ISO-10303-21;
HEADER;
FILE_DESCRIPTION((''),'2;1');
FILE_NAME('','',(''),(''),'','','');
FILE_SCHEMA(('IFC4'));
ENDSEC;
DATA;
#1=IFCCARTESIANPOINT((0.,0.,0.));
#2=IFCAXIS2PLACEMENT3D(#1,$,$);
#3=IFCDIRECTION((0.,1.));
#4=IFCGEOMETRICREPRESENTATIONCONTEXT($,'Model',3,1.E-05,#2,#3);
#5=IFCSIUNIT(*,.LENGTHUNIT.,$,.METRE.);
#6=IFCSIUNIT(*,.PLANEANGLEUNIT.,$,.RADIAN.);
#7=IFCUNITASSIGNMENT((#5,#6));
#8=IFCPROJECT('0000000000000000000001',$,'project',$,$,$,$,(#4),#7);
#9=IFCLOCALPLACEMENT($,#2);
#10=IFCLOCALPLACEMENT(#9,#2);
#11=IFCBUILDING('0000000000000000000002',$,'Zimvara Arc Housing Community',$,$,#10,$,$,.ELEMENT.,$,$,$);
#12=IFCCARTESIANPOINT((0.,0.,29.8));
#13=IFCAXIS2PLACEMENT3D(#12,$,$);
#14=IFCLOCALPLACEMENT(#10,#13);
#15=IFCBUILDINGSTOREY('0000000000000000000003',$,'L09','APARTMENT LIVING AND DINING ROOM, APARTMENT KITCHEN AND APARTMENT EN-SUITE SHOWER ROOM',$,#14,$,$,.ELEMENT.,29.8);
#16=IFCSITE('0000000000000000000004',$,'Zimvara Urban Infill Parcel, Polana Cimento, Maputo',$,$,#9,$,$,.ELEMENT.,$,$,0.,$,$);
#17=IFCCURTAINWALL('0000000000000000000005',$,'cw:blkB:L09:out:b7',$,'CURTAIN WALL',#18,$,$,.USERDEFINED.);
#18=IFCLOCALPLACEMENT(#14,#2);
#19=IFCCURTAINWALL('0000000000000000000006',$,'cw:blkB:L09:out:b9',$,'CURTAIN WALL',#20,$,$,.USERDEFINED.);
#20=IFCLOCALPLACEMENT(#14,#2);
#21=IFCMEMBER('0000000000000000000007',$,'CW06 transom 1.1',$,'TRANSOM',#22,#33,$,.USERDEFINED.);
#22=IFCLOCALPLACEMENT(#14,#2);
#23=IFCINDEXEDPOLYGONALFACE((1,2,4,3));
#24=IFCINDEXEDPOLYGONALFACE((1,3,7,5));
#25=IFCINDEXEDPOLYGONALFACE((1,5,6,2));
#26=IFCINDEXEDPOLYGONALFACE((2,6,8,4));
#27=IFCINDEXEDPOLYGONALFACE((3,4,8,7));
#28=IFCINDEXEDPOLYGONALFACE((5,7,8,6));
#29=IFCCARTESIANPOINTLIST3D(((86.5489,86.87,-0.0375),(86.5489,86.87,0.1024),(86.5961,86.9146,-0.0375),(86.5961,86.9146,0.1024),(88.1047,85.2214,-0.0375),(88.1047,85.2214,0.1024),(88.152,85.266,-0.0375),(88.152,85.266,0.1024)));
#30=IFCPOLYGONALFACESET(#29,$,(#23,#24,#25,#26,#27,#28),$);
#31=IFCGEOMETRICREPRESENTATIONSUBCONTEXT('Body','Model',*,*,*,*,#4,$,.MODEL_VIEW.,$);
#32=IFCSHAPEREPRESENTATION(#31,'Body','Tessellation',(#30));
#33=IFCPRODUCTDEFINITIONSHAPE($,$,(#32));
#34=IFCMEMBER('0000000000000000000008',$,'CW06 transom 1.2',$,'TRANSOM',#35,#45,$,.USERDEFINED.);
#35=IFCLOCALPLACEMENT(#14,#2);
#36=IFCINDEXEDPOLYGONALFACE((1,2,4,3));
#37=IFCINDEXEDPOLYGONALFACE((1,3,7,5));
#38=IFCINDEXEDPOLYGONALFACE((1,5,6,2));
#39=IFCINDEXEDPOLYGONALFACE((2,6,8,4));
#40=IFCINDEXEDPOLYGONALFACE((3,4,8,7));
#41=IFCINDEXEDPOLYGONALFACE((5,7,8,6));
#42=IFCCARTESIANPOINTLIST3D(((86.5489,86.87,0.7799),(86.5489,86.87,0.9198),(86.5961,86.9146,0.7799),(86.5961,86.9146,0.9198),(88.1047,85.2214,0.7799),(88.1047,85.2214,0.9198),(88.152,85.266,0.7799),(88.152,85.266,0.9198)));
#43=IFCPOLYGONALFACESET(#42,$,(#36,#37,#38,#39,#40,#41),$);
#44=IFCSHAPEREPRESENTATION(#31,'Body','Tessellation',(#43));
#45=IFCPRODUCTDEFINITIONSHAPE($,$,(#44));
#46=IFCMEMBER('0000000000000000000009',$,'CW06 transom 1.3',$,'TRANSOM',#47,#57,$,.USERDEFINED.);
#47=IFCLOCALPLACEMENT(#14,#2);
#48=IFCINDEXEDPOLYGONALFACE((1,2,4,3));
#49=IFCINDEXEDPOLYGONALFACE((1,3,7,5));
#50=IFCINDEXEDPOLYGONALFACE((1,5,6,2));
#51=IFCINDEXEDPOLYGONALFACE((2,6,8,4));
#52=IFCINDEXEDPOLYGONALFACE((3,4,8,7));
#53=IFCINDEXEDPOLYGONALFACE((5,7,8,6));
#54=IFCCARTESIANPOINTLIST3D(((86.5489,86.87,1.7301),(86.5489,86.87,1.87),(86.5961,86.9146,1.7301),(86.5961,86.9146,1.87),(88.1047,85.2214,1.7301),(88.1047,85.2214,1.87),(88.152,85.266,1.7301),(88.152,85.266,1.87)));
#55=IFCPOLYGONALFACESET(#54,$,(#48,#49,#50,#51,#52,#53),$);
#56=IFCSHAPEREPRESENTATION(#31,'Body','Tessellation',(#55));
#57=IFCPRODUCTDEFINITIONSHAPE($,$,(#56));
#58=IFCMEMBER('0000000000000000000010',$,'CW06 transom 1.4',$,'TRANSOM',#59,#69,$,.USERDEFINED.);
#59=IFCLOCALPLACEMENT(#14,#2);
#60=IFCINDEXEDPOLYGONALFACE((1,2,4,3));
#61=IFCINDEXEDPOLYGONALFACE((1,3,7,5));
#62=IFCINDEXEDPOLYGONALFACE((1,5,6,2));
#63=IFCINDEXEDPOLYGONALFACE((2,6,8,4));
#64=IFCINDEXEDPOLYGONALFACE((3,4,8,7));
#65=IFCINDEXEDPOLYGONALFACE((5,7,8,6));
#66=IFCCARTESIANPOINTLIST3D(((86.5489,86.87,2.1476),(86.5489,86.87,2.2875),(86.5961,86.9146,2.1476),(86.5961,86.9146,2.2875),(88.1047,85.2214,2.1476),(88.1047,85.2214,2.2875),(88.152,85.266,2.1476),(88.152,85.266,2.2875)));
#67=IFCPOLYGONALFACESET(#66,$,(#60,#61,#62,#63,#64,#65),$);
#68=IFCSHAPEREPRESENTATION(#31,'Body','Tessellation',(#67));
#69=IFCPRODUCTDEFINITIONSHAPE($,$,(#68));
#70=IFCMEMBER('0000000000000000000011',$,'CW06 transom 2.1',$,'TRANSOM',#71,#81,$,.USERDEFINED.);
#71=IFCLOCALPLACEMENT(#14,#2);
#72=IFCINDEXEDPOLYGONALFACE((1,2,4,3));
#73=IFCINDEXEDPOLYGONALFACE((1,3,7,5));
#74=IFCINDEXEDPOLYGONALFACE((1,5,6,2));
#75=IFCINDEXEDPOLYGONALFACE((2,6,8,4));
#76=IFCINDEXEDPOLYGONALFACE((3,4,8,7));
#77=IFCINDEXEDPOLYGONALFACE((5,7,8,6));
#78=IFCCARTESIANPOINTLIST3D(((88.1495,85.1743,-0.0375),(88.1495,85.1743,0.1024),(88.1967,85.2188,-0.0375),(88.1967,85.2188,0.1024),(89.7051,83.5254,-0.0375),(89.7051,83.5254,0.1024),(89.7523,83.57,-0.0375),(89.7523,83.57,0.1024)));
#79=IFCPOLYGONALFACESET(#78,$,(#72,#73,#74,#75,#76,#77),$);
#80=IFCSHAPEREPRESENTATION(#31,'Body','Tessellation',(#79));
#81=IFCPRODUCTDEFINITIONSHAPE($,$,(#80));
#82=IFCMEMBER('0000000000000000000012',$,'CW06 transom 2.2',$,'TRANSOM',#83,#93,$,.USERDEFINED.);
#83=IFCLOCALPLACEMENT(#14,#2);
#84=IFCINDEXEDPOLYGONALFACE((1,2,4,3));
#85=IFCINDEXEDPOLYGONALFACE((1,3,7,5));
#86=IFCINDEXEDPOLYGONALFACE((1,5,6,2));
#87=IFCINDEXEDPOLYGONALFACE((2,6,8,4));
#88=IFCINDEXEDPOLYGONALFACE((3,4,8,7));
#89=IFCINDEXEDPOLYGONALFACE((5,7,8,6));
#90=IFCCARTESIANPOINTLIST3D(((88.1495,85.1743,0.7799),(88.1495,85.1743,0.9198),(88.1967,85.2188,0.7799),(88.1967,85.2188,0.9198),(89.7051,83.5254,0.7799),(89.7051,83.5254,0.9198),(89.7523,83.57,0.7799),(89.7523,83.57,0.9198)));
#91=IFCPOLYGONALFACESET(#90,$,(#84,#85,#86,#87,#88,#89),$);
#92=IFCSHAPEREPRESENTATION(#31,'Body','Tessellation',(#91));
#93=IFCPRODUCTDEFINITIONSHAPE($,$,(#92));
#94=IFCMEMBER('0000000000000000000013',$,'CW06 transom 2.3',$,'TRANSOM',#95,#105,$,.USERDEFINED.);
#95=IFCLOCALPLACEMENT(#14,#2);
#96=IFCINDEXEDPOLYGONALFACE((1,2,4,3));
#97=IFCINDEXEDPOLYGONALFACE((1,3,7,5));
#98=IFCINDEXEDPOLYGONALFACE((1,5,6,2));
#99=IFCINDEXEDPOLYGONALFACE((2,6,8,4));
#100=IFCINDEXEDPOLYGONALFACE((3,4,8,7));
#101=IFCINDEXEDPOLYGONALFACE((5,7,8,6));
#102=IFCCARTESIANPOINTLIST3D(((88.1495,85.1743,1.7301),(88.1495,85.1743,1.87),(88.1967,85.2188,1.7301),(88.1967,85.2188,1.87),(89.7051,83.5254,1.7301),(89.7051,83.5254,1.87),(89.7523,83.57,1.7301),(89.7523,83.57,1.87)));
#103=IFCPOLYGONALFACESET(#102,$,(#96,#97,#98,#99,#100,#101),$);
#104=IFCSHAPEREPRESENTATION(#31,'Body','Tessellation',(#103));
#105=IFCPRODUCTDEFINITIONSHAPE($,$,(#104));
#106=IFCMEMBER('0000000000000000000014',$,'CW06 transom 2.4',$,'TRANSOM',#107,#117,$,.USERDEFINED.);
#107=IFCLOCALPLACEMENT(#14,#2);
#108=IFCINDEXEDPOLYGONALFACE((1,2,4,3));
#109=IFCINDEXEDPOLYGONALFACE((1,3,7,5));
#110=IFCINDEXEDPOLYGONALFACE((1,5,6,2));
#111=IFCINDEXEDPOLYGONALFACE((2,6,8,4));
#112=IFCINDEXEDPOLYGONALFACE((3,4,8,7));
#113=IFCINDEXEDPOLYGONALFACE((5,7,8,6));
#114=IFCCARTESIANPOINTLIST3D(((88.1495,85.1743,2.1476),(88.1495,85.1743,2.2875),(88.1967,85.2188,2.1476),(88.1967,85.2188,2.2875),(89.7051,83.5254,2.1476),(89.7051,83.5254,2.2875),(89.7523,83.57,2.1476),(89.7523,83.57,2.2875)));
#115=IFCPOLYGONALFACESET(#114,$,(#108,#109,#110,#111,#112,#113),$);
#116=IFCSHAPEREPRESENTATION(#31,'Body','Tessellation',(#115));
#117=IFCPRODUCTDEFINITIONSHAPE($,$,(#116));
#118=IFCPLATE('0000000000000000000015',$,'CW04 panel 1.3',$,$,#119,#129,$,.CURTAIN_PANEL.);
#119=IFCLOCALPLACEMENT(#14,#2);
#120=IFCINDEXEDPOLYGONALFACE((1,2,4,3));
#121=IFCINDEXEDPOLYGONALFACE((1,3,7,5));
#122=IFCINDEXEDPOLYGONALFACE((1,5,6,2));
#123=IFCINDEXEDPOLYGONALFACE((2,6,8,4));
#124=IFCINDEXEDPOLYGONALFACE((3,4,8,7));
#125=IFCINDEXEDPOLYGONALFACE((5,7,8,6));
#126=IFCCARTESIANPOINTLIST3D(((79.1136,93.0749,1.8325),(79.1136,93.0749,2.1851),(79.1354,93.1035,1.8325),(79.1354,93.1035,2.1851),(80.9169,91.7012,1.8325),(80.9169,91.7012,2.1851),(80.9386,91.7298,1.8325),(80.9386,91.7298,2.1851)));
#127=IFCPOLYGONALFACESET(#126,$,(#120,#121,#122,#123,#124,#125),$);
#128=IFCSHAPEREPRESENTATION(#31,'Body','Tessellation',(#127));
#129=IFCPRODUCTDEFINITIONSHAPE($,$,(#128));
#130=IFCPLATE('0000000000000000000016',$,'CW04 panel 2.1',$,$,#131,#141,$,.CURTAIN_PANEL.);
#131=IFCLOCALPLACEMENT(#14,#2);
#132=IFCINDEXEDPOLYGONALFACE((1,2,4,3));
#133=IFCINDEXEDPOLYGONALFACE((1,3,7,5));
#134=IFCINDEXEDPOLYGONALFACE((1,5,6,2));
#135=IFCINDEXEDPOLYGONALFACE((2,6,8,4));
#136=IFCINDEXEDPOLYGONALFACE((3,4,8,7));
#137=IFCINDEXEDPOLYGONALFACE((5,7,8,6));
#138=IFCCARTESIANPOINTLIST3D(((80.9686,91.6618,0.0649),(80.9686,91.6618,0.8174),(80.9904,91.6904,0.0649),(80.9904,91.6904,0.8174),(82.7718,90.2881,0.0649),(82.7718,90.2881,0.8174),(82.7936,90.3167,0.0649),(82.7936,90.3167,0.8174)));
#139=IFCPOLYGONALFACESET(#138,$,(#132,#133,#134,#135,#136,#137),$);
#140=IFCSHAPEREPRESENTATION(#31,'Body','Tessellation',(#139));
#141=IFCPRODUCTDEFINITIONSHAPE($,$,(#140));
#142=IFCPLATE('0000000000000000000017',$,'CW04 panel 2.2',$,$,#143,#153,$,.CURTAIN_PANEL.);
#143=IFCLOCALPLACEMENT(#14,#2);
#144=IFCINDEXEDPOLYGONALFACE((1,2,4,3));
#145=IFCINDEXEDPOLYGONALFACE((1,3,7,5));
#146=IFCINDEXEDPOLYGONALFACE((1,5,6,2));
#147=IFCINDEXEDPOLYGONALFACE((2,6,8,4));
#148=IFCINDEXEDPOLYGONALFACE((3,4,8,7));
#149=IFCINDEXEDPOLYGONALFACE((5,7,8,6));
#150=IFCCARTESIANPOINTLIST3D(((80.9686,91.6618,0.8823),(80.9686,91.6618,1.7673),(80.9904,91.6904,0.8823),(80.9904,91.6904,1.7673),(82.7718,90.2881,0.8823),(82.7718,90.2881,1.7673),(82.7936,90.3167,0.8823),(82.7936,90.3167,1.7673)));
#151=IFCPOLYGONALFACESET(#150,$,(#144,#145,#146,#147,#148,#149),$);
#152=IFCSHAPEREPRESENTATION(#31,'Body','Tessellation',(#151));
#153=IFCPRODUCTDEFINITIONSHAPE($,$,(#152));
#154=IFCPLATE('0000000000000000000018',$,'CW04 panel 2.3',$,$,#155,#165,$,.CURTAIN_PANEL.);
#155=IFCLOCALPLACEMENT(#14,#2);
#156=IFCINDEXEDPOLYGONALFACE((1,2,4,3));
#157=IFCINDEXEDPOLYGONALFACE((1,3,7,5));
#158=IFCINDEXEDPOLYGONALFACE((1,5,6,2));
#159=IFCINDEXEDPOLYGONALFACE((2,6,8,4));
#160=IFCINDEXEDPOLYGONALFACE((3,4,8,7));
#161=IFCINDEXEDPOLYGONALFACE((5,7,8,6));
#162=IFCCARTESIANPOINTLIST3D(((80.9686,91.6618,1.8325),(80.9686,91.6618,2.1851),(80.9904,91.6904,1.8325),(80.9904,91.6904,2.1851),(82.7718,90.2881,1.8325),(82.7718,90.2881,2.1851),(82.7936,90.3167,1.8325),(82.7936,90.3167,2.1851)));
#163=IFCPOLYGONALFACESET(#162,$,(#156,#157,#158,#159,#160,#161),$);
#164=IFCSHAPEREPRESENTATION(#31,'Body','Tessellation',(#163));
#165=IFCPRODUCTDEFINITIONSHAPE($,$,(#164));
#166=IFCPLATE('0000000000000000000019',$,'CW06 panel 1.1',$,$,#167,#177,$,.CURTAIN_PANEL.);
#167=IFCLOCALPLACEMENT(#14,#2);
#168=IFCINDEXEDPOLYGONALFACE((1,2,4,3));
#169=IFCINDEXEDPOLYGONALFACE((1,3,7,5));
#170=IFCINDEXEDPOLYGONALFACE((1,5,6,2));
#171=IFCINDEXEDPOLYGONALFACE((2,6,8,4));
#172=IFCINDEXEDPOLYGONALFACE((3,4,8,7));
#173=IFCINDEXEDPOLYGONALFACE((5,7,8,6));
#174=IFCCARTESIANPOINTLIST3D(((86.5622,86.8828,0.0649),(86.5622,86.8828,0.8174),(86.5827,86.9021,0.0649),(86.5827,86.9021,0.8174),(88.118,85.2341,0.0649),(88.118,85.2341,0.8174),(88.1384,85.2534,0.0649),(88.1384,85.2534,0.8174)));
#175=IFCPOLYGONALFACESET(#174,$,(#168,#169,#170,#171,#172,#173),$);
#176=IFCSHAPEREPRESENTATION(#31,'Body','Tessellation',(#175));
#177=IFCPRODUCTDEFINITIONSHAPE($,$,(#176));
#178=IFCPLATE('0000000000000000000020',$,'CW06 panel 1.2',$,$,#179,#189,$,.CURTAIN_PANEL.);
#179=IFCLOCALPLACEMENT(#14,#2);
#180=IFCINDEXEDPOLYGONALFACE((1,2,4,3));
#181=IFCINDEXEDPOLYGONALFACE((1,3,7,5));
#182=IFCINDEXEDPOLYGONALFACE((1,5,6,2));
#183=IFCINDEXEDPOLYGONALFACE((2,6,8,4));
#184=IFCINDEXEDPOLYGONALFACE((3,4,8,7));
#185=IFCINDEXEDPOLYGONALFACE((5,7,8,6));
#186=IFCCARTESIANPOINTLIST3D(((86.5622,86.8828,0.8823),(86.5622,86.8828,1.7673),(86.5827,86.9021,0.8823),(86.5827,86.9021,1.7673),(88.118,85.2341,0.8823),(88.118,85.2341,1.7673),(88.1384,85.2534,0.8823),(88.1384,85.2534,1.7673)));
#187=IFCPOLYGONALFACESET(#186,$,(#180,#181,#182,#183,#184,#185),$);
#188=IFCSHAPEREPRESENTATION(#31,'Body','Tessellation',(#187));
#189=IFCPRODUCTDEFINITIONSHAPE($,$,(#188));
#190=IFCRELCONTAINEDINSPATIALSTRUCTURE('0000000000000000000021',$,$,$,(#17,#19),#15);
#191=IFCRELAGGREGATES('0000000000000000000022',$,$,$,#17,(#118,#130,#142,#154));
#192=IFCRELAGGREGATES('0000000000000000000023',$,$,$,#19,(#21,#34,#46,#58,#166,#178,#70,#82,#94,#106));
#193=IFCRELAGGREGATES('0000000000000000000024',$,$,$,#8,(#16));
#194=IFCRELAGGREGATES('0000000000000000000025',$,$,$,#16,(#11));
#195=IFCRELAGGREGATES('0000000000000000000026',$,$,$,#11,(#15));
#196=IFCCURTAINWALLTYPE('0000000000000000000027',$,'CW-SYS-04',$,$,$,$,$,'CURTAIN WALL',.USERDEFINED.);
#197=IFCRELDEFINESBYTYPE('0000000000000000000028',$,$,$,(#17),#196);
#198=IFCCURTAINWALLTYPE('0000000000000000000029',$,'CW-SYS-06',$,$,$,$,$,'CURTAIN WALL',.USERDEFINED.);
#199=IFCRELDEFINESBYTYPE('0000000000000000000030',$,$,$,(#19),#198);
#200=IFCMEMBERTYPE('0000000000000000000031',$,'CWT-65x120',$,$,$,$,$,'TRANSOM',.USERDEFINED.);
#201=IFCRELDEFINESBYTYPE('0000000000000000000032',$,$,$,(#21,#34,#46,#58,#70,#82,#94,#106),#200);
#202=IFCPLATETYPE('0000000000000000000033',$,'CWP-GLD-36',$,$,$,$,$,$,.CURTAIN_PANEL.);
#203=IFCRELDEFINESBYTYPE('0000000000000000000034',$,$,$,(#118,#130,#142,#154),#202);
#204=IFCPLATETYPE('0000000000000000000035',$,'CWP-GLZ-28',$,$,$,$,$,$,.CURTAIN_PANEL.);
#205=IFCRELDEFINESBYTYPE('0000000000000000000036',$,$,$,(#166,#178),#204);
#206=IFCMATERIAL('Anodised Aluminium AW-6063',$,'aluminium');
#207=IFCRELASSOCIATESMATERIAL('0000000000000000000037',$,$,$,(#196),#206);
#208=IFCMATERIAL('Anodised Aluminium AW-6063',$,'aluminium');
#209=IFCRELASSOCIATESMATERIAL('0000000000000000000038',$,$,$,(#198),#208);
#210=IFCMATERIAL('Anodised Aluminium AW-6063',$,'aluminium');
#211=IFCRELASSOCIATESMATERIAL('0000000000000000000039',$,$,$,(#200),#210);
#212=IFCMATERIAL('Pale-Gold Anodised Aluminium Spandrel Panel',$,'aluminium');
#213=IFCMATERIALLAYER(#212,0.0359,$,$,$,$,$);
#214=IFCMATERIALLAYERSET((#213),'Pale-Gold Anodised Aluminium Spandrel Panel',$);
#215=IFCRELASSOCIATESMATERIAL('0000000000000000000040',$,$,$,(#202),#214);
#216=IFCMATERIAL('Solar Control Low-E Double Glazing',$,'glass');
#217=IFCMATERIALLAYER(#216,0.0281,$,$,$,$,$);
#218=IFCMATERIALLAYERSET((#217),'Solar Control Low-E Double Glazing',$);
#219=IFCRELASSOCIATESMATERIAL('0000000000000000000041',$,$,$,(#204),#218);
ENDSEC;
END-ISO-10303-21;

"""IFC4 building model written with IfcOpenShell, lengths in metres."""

from ifc_helpers import new_model, si_unit, direction, frame, origin, origin_2d, place, context, subcontext, project, spatial, rectangle, extrude, material, layer, layer_set, material_profile, profile_set, type_object, element, aggregate, save


model = new_model("IFC4")

# Units and contexts
model_context = context("Model", 3, precision=1e-05, world=origin(), true_north=direction((0.0, 1.0)))
body_context = subcontext(model_context, "Body", "Model", "MODEL_VIEW")
ifc_project = project(units=[si_unit("LENGTHUNIT", "METRE"), si_unit("PLANEANGLEUNIT", "RADIAN")], contexts=[model_context])

# Site, building, storey
site_placement = place(None, origin())
site = spatial("IfcSite", under=ifc_project, at=site_placement, Name="Zimvara Urban Infill Parcel, Polana Cimento, Maputo", CompositionType="ELEMENT", RefElevation=0.0)
building_placement = place(site_placement, origin())
building = spatial("IfcBuilding", under=site, at=building_placement, Name="Zimvara Arc Housing Community", CompositionType="ELEMENT")
storey_placement = place(building_placement, frame((0.0, 0.0, 29.8)))
storey = spatial("IfcBuildingStorey", under=building, at=storey_placement, Name="L09", Description="APARTMENT LIVING AND DINING ROOM, APARTMENT KITCHEN AND APARTMENT EN-SUITE SHOWER ROOM", CompositionType="ELEMENT", Elevation=29.8)

# Curtain walls
ifc_material_1 = material(Name="Anodised Aluminium AW-6063", Category="aluminium")
curtain_wall_type_1 = type_object("IfcCurtainWallType", Name="CW-SYS-04", ElementType="CURTAIN WALL", PredefinedType="USERDEFINED", material=ifc_material_1)
curtain_wall_1_placement = place(storey_placement, origin())
curtain_wall_1 = element("IfcCurtainWall", 1, at=curtain_wall_1_placement, inside=storey, type_object=curtain_wall_type_1, Name="cw:blkB:L09:out:b7", ObjectType="CURTAIN WALL", PredefinedType="USERDEFINED")
ifc_material_2 = material(Name="Anodised Aluminium AW-6063", Category="aluminium")
curtain_wall_type_2 = type_object("IfcCurtainWallType", Name="CW-SYS-06", ElementType="CURTAIN WALL", PredefinedType="USERDEFINED", material=ifc_material_2)
curtain_wall_2_placement = place(storey_placement, origin())
curtain_wall_2 = element("IfcCurtainWall", 2, at=curtain_wall_2_placement, inside=storey, type_object=curtain_wall_type_2, Name="cw:blkB:L09:out:b9", ObjectType="CURTAIN WALL", PredefinedType="USERDEFINED")

# Members
ifc_material_3 = material(Name="Anodised Aluminium AW-6063", Category="aluminium")
ifc_material_profile_1 = material_profile(ifc_material_3, rectangle(XDim=0.0649, YDim=0.1399, at=origin_2d()), Name="ALU 65x140")
ifc_profile_set_1 = profile_set([ifc_material_profile_1], Name="Anodised Aluminium AW-6063")
member_type_1 = type_object("IfcMemberType", Name="CWT-65x120", ElementType="TRANSOM", PredefinedType="USERDEFINED", material=ifc_profile_set_1)
member_1_placement = place(storey_placement, frame((86.5725, 86.8923, 0.0325), z_axis=(0.686348, -0.727273, 0.0), x_axis=(0.727273, 0.686348, 0.0)))
member_1 = element("IfcMember", 3, at=member_1_placement, type_object=member_type_1, Name="CW06 transom 1.1", ObjectType="TRANSOM", PredefinedType="USERDEFINED", context=body_context, shape_type="SweptSolid", body=[
    extrude(rectangle(XDim=0.0649, YDim=0.1399, at=origin_2d()), origin(), (0.0, 0.0, 1.0), 2.2668),
])
member_2_placement = place(storey_placement, frame((86.5725, 86.8923, 0.8499), z_axis=(0.686348, -0.727273, 0.0), x_axis=(0.727273, 0.686348, 0.0)))
member_2 = element("IfcMember", 4, at=member_2_placement, type_object=member_type_1, Name="CW06 transom 1.2", ObjectType="TRANSOM", PredefinedType="USERDEFINED", context=body_context, shape_type="SweptSolid", body=[
    extrude(rectangle(XDim=0.0649, YDim=0.1399, at=origin_2d()), origin(), (0.0, 0.0, 1.0), 2.2668),
])
member_3_placement = place(storey_placement, frame((86.5725, 86.8923, 1.8), z_axis=(0.686348, -0.727273, 0.0), x_axis=(0.727273, 0.686348, 0.0)))
member_3 = element("IfcMember", 5, at=member_3_placement, type_object=member_type_1, Name="CW06 transom 1.3", ObjectType="TRANSOM", PredefinedType="USERDEFINED", context=body_context, shape_type="SweptSolid", body=[
    extrude(rectangle(XDim=0.0649, YDim=0.1399, at=origin_2d()), origin(), (0.0, 0.0, 1.0), 2.2668),
])
member_4_placement = place(storey_placement, frame((86.5725, 86.8923, 2.2175), z_axis=(0.686348, -0.727273, 0.0), x_axis=(0.727273, 0.686348, 0.0)))
member_4 = element("IfcMember", 6, at=member_4_placement, type_object=member_type_1, Name="CW06 transom 1.4", ObjectType="TRANSOM", PredefinedType="USERDEFINED", context=body_context, shape_type="SweptSolid", body=[
    extrude(rectangle(XDim=0.0649, YDim=0.1399, at=origin_2d()), origin(), (0.0, 0.0, 1.0), 2.2668),
])
member_5_placement = place(storey_placement, frame((88.1731, 85.1965, 0.0325), z_axis=(0.686238, -0.727377, 0.0), x_axis=(0.727377, 0.686238, 0.0)))
member_5 = element("IfcMember", 7, at=member_5_placement, type_object=member_type_1, Name="CW06 transom 2.1", ObjectType="TRANSOM", PredefinedType="USERDEFINED", context=body_context, shape_type="SweptSolid", body=[
    extrude(rectangle(XDim=0.0649, YDim=0.1399, at=origin_2d()), origin(), (0.0, 0.0, 1.0), 2.2668),
])
member_6_placement = place(storey_placement, frame((88.1731, 85.1965, 0.8499), z_axis=(0.686238, -0.727377, 0.0), x_axis=(0.727377, 0.686238, 0.0)))
member_6 = element("IfcMember", 8, at=member_6_placement, type_object=member_type_1, Name="CW06 transom 2.2", ObjectType="TRANSOM", PredefinedType="USERDEFINED", context=body_context, shape_type="SweptSolid", body=[
    extrude(rectangle(XDim=0.0649, YDim=0.1399, at=origin_2d()), origin(), (0.0, 0.0, 1.0), 2.2668),
])
member_7_placement = place(storey_placement, frame((88.1731, 85.1965, 1.8), z_axis=(0.686238, -0.727377, 0.0), x_axis=(0.727377, 0.686238, 0.0)))
member_7 = element("IfcMember", 9, at=member_7_placement, type_object=member_type_1, Name="CW06 transom 2.3", ObjectType="TRANSOM", PredefinedType="USERDEFINED", context=body_context, shape_type="SweptSolid", body=[
    extrude(rectangle(XDim=0.0649, YDim=0.1399, at=origin_2d()), origin(), (0.0, 0.0, 1.0), 2.2668),
])
member_8_placement = place(storey_placement, frame((88.1731, 85.1965, 2.2175), z_axis=(0.686238, -0.727377, 0.0), x_axis=(0.727377, 0.686238, 0.0)))
member_8 = element("IfcMember", 10, at=member_8_placement, type_object=member_type_1, Name="CW06 transom 2.4", ObjectType="TRANSOM", PredefinedType="USERDEFINED", context=body_context, shape_type="SweptSolid", body=[
    extrude(rectangle(XDim=0.0649, YDim=0.1399, at=origin_2d()), origin(), (0.0, 0.0, 1.0), 2.2668),
])

# Plates
ifc_material_4 = material(Name="Pale-Gold Anodised Aluminium Spandrel Panel", Category="aluminium")
ifc_layer_1 = layer(ifc_material_4, 0.0359)
ifc_layer_set_1 = layer_set([ifc_layer_1], Name="Pale-Gold Anodised Aluminium Spandrel Panel")
plate_type_1 = type_object("IfcPlateType", Name="CWP-GLD-36", PredefinedType="CURTAIN_PANEL", material=ifc_layer_set_1)
plate_1_placement = place(storey_placement, frame((80.0261, 92.4023, 1.8325), z_axis=(0.0, 0.0, 1.0), x_axis=(0.795474, -0.605988, 0.0)))
plate_1 = element("IfcPlate", 11, at=plate_1_placement, type_object=plate_type_1, Name="CW04 panel 1.3", PredefinedType="CURTAIN_PANEL", context=body_context, shape_type="SweptSolid", body=[
    extrude(rectangle(XDim=2.2668, YDim=0.0359, at=origin_2d()), origin(), (0.0, 0.0, 1.0), 0.3525),
])
plate_2_placement = place(storey_placement, frame((81.8811, 90.9893, 0.0649), z_axis=(0.0, 0.0, 1.0), x_axis=(0.795474, -0.605988, 0.0)))
plate_2 = element("IfcPlate", 12, at=plate_2_placement, type_object=plate_type_1, Name="CW04 panel 2.1", PredefinedType="CURTAIN_PANEL", context=body_context, shape_type="SweptSolid", body=[
    extrude(rectangle(XDim=2.2668, YDim=0.0359, at=origin_2d()), origin(), (0.0, 0.0, 1.0), 0.7524),
])
plate_3_placement = place(storey_placement, frame((81.8811, 90.9893, 0.8823), z_axis=(0.0, 0.0, 1.0), x_axis=(0.795474, -0.605988, 0.0)))
plate_3 = element("IfcPlate", 13, at=plate_3_placement, type_object=plate_type_1, Name="CW04 panel 2.2", PredefinedType="CURTAIN_PANEL", context=body_context, shape_type="SweptSolid", body=[
    extrude(rectangle(XDim=2.2668, YDim=0.0359, at=origin_2d()), origin(), (0.0, 0.0, 1.0), 0.885),
])
plate_4_placement = place(storey_placement, frame((81.8811, 90.9893, 1.8325), z_axis=(0.0, 0.0, 1.0), x_axis=(0.795474, -0.605988, 0.0)))
plate_4 = element("IfcPlate", 14, at=plate_4_placement, type_object=plate_type_1, Name="CW04 panel 2.3", PredefinedType="CURTAIN_PANEL", context=body_context, shape_type="SweptSolid", body=[
    extrude(rectangle(XDim=2.2668, YDim=0.0359, at=origin_2d()), origin(), (0.0, 0.0, 1.0), 0.3525),
])
aggregate(curtain_wall_1, [plate_1, plate_2, plate_3, plate_4])
ifc_material_5 = material(Name="Solar Control Low-E Double Glazing", Category="glass")
ifc_layer_2 = layer(ifc_material_5, 0.0281)
ifc_layer_set_2 = layer_set([ifc_layer_2], Name="Solar Control Low-E Double Glazing")
plate_type_2 = type_object("IfcPlateType", Name="CWP-GLZ-28", PredefinedType="CURTAIN_PANEL", material=ifc_layer_set_2)
plate_5_placement = place(storey_placement, frame((87.3503, 86.0681, 0.0649), z_axis=(0.0, 0.0, 1.0), x_axis=(0.686326, -0.727294, 0.0)))
plate_5 = element("IfcPlate", 15, at=plate_5_placement, type_object=plate_type_2, Name="CW06 panel 1.1", PredefinedType="CURTAIN_PANEL", context=body_context, shape_type="SweptSolid", body=[
    extrude(rectangle(XDim=2.2668, YDim=0.0281, at=origin_2d()), origin(), (0.0, 0.0, 1.0), 0.7524),
])
plate_6_placement = place(storey_placement, frame((87.3503, 86.0681, 0.8823), z_axis=(0.0, 0.0, 1.0), x_axis=(0.686326, -0.727294, 0.0)))
plate_6 = element("IfcPlate", 16, at=plate_6_placement, type_object=plate_type_2, Name="CW06 panel 1.2", PredefinedType="CURTAIN_PANEL", context=body_context, shape_type="SweptSolid", body=[
    extrude(rectangle(XDim=2.2668, YDim=0.0281, at=origin_2d()), origin(), (0.0, 0.0, 1.0), 0.885),
])
aggregate(curtain_wall_2, [member_1, member_2, member_3, member_4, plate_5, plate_6, member_5, member_6, member_7, member_8])

save(model, "model.ifc")
